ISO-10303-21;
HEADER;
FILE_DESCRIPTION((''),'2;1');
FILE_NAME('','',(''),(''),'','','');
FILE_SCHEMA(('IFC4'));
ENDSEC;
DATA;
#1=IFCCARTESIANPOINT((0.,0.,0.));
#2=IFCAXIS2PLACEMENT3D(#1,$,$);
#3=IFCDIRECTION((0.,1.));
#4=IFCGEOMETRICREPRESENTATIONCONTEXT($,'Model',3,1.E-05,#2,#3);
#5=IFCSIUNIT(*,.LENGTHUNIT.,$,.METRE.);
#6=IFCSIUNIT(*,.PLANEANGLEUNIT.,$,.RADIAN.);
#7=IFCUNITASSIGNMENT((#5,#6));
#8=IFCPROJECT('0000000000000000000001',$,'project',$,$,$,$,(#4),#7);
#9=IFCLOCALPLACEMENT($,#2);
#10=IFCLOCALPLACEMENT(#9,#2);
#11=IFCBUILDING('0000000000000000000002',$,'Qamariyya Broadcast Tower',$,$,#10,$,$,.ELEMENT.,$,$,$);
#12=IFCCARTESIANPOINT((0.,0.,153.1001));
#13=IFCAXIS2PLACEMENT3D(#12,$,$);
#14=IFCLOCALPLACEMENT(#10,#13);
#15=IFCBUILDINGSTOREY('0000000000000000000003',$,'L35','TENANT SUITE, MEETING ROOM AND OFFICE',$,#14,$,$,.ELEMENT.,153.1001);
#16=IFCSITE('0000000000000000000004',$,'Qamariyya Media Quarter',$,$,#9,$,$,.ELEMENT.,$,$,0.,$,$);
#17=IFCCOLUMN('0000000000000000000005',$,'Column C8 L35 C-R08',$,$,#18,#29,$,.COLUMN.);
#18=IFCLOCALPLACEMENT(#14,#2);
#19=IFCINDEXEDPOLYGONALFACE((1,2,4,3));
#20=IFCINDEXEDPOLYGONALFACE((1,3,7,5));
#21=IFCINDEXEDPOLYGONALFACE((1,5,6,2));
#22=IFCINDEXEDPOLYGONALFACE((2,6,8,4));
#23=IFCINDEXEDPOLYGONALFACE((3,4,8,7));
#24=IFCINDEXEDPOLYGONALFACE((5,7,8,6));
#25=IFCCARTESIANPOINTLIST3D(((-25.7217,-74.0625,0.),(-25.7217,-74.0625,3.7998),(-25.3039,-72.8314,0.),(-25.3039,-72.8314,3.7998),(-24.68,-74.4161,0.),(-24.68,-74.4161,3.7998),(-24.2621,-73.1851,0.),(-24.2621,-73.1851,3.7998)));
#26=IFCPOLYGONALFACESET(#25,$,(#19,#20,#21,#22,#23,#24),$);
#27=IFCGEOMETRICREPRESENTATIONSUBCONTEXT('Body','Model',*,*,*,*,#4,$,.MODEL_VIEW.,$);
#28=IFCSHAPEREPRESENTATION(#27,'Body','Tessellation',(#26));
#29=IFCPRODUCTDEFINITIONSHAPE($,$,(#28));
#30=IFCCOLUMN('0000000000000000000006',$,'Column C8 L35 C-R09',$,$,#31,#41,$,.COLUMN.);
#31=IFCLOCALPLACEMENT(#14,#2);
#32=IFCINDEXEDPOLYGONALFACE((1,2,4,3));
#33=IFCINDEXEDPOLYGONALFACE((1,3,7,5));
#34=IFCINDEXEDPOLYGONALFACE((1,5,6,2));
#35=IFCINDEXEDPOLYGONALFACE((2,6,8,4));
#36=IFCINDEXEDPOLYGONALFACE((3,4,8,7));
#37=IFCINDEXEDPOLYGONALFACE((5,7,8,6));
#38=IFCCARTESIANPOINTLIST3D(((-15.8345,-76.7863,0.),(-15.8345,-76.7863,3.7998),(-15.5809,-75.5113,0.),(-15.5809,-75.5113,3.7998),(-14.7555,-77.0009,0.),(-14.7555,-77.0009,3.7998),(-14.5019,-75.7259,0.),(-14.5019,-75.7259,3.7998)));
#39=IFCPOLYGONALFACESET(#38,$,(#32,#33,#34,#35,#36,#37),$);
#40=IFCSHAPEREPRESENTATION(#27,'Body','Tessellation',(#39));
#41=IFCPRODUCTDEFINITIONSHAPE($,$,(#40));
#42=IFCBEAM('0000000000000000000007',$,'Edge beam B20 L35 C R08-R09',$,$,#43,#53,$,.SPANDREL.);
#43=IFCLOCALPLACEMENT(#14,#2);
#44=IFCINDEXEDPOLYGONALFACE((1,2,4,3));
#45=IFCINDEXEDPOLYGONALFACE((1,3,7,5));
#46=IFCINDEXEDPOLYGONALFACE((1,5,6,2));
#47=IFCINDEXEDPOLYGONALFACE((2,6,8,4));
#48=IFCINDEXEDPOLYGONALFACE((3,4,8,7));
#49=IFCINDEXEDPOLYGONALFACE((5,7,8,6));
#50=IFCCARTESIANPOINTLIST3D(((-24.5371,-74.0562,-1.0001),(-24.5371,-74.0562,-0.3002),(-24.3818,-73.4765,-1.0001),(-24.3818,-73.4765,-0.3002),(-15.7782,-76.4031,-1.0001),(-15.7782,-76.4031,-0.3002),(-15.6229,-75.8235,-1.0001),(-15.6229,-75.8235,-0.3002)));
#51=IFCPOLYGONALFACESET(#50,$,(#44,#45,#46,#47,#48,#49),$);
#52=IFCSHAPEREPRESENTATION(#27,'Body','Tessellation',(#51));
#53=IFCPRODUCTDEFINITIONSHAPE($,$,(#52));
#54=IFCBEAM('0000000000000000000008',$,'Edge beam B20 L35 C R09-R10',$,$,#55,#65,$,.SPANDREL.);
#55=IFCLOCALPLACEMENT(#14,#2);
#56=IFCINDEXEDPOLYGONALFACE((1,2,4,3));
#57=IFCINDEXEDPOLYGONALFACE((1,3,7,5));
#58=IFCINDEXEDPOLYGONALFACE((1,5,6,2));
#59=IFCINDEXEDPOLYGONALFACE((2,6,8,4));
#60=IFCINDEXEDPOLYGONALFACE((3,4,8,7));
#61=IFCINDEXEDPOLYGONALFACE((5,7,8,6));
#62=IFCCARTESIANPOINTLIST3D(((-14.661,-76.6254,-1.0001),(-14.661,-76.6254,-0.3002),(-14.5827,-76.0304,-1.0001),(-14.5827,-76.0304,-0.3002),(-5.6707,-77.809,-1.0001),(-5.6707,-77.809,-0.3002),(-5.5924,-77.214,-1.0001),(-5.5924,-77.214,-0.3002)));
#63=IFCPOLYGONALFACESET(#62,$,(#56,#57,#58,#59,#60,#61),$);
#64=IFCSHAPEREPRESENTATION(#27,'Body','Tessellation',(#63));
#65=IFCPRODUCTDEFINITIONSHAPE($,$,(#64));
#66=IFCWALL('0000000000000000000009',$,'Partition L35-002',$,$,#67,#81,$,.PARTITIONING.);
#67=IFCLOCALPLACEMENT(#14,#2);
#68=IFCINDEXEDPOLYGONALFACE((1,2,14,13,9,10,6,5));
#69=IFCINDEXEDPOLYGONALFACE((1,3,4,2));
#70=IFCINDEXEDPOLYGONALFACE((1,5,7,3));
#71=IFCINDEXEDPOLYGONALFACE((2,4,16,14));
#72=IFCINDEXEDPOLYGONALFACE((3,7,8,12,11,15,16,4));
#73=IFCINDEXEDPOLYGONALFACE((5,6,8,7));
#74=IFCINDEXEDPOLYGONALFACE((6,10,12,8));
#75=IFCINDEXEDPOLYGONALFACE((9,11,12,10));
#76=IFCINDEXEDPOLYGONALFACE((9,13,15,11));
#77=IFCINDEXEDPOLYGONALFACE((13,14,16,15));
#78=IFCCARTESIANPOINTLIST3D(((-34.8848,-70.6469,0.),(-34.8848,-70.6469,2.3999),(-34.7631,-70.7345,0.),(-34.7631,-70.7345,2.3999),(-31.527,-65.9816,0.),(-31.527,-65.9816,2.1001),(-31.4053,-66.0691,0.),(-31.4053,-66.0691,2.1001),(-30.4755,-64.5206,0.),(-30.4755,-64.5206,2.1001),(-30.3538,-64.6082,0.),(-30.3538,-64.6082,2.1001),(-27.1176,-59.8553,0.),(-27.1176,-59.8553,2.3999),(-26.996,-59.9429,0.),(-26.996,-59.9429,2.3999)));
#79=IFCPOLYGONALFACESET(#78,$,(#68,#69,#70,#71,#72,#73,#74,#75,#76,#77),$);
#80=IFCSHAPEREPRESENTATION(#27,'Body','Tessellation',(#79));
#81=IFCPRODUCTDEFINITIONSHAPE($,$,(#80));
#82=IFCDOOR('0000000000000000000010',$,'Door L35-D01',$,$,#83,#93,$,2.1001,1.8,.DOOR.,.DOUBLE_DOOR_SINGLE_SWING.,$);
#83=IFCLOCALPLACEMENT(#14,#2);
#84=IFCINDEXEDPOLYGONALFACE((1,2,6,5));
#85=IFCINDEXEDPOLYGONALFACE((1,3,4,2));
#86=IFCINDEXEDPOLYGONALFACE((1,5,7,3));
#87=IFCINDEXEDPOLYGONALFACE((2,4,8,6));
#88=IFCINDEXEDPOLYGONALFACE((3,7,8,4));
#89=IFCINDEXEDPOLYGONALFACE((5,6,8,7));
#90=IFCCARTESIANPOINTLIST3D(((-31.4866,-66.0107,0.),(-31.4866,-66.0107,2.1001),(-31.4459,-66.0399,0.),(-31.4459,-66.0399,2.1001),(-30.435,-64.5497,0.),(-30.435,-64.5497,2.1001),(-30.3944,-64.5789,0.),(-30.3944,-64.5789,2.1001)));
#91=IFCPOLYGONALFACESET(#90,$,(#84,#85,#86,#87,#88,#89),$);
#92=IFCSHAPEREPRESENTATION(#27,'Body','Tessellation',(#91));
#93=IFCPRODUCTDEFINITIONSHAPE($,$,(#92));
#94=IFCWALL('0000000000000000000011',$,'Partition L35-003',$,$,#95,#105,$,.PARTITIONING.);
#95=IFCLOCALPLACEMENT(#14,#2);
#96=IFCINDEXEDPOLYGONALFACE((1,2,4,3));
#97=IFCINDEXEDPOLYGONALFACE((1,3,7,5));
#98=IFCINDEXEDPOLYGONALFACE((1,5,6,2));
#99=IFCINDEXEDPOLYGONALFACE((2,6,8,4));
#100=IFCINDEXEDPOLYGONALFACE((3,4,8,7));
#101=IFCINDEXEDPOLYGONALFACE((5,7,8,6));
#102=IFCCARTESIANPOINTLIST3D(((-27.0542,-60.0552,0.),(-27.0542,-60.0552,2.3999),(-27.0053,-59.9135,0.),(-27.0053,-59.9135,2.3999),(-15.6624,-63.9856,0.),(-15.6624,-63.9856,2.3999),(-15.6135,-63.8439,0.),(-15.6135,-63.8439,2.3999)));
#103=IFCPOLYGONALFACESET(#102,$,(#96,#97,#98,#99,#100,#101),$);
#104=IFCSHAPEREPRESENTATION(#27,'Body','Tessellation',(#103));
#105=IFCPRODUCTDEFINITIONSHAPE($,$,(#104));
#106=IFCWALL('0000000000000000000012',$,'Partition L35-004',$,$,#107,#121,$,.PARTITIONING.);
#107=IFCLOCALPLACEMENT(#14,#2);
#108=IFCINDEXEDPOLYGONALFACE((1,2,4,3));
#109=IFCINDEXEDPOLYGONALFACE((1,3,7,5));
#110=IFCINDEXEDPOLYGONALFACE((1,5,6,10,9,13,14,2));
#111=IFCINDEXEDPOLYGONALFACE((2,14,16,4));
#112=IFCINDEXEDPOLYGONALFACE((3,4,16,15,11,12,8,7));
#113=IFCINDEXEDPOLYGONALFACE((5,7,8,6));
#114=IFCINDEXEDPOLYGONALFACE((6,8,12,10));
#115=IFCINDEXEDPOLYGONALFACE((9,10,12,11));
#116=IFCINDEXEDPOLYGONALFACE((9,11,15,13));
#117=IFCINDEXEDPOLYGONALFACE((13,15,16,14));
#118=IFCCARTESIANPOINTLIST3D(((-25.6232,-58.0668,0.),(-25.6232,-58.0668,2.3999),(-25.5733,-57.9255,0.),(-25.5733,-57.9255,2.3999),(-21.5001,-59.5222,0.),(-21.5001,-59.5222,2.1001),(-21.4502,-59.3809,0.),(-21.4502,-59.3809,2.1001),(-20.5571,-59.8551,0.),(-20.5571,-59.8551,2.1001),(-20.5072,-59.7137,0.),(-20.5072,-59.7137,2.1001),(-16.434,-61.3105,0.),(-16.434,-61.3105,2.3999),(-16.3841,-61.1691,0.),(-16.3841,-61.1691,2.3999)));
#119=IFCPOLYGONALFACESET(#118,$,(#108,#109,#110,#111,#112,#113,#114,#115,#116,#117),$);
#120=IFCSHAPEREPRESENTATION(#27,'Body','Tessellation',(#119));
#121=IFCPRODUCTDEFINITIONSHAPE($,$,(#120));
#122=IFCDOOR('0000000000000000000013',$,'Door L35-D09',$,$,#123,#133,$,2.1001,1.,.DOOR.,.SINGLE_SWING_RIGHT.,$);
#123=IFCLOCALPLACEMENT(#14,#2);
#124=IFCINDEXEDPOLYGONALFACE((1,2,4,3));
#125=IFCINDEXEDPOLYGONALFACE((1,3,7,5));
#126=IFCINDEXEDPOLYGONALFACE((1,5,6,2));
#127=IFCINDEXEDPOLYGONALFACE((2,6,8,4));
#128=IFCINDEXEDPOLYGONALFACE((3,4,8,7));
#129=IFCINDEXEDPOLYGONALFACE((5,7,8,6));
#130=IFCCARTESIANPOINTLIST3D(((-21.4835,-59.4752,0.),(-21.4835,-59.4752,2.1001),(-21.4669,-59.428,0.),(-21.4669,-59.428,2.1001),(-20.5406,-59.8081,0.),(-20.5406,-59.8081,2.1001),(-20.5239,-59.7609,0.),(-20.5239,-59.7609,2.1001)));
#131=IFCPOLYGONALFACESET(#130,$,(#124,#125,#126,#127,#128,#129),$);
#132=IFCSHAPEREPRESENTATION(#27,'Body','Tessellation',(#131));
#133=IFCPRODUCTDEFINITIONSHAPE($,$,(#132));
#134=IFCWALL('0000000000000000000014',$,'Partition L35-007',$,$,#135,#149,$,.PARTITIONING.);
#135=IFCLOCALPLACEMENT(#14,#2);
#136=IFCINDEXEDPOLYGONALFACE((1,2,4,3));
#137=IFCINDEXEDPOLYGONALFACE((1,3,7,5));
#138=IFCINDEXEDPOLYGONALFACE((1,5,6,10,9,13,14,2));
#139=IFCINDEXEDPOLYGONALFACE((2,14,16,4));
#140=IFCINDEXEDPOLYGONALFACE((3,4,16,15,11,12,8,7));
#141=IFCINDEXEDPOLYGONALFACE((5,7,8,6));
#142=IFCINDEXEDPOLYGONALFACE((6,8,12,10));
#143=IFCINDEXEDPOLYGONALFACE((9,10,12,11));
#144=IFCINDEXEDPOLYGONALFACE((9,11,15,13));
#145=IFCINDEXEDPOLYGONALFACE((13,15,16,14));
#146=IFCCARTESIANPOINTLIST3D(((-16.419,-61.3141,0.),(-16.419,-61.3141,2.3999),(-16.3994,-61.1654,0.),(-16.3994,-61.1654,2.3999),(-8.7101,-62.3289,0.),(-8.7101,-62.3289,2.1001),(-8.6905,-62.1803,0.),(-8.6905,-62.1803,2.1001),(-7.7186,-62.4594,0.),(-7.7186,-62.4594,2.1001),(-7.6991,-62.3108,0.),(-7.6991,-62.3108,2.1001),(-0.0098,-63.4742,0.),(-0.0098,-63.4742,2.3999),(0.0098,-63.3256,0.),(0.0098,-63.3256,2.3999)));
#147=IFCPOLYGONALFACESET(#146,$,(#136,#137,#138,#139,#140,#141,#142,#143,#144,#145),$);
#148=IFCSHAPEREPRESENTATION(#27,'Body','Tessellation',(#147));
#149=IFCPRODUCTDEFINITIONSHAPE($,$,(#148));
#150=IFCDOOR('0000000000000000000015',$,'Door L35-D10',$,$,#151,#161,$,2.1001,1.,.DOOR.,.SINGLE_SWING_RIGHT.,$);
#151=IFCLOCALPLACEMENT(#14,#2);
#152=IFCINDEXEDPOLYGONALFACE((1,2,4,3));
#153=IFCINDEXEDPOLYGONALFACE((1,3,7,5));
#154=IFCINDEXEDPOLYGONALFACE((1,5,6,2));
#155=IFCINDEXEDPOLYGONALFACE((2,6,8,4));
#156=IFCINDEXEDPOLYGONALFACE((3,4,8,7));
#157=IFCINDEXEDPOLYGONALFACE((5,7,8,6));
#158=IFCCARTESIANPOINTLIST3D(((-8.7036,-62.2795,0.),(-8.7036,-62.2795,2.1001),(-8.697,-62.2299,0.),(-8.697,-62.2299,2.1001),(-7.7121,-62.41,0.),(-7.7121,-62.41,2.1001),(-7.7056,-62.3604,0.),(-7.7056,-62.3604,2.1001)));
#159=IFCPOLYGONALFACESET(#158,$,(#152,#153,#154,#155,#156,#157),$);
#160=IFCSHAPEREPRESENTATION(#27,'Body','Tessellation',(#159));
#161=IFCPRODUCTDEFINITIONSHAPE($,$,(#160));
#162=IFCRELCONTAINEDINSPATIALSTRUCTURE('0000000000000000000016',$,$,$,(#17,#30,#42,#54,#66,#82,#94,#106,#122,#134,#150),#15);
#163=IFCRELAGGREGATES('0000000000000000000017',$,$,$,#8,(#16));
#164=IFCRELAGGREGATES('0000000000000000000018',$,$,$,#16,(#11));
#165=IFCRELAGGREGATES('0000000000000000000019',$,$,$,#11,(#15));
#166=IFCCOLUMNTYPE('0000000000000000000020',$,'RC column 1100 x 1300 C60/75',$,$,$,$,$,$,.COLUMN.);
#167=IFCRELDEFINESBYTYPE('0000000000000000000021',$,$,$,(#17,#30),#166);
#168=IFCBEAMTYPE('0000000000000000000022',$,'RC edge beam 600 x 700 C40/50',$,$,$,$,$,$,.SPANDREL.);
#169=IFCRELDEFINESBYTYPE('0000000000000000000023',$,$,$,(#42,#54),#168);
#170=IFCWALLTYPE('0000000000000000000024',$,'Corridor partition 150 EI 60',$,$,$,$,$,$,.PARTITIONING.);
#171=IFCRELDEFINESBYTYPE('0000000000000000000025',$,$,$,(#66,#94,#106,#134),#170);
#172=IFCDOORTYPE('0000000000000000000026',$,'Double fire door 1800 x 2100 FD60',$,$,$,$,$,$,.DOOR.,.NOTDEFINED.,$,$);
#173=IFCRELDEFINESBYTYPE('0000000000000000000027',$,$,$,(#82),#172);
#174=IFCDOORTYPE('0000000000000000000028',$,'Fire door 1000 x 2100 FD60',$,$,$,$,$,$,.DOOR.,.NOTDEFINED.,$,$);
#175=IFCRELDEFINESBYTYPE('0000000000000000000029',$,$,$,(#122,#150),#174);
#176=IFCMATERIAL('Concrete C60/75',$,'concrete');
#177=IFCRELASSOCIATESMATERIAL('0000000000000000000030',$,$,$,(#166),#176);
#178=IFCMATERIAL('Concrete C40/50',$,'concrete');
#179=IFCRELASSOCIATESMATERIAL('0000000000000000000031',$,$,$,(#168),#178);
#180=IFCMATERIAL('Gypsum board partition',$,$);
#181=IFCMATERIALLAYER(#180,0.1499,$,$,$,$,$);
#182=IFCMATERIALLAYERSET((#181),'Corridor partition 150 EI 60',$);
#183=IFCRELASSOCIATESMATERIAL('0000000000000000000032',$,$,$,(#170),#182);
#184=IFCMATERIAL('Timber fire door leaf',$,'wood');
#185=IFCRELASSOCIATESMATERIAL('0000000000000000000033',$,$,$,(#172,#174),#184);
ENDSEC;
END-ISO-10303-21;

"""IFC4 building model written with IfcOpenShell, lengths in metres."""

from ifc_helpers import new_model, si_unit, direction, frame, frame_2d, origin, origin_2d, place, context, subcontext, project, spatial, rectangle, extrude, material, layer, layer_set, material_profile, profile_set, type_object, element, fill, save


model = new_model("IFC4")

# Units and contexts
model_context = context("Model", 3, precision=1e-05, world=origin(), true_north=direction((0.0, 1.0)))
body_context = subcontext(model_context, "Body", "Model", "MODEL_VIEW")
ifc_project = project(units=[si_unit("LENGTHUNIT", "METRE"), si_unit("PLANEANGLEUNIT", "RADIAN")], contexts=[model_context])

# Site, building, storey
site_placement = place(None, origin())
site = spatial("IfcSite", under=ifc_project, at=site_placement, Name="Qamariyya Media Quarter", CompositionType="ELEMENT", RefElevation=0.0)
building_placement = place(site_placement, origin())
building = spatial("IfcBuilding", under=site, at=building_placement, Name="Qamariyya Broadcast Tower", CompositionType="ELEMENT")
storey_placement = place(building_placement, frame((0.0, 0.0, 153.1001)))
storey = spatial("IfcBuildingStorey", under=building, at=storey_placement, Name="L35", Description="TENANT SUITE, MEETING ROOM AND OFFICE", CompositionType="ELEMENT", Elevation=153.1001)

# Columns
ifc_material_1 = material(Name="Concrete C60/75", Category="concrete")
ifc_material_profile_1 = material_profile(ifc_material_1, rectangle(XDim=1.1001, YDim=1.3, at=origin_2d()))
ifc_profile_set_1 = profile_set([ifc_material_profile_1], Name="Concrete C60/75")
column_type = type_object("IfcColumnType", Name="RC column 1100 x 1300 C60/75", PredefinedType="COLUMN", material=ifc_profile_set_1)
for number, where, z_axis, x_axis, name in (
    (1, (-24.9919, -73.6238, 0.0), (0.0, 0.0, 1.0), (0.94693, -0.321439, 0.0), "Column C8 L35 C-R08"),
    (2, (-15.1682, -76.2561, 0.0), (0.0, 0.0, 1.0), (0.980785, -0.19509, 0.0), "Column C8 L35 C-R09"),
):
    element("IfcColumn", number, at=place(storey_placement, frame(where, z_axis=z_axis, x_axis=x_axis)), inside=storey, type_object=column_type, Name=name, PredefinedType="COLUMN", context=body_context, shape_type="SweptSolid", body=[
        extrude(rectangle(XDim=1.1001, YDim=1.3, at=origin_2d()), origin(), (0.0, 0.0, 1.0), 3.7998),
    ])

# Beams
ifc_material_2 = material(Name="Concrete C40/50", Category="concrete")
ifc_material_profile_2 = material_profile(ifc_material_2, rectangle(XDim=0.6001, YDim=0.7, at=origin_2d()))
ifc_profile_set_2 = profile_set([ifc_material_profile_2], Name="Concrete C40/50")
beam_type = type_object("IfcBeamType", Name="RC edge beam 600 x 700 C40/50", PredefinedType="SPANDREL", material=ifc_profile_set_2)
for number, where, z_axis, x_axis, name in (
    (3, (-24.4595, -73.7664, -0.6501), (0.965925, -0.25882, 0.0), (0.25882, 0.965925, 0.0), "Edge beam B20 L35 C R08-R09"),
    (4, (-14.6218, -76.3279, -0.6501), (0.991445, -0.130527, 0.0), (0.130527, 0.991445, 0.0), "Edge beam B20 L35 C R09-R10"),
):
    element("IfcBeam", number, at=place(storey_placement, frame(where, z_axis=z_axis, x_axis=x_axis)), inside=storey, type_object=beam_type, Name=name, PredefinedType="SPANDREL", context=body_context, shape_type="SweptSolid", body=[
        extrude(rectangle(XDim=0.6001, YDim=0.7, at=origin_2d()), origin(), (0.0, 0.0, 1.0), 9.0679),
    ])

# Wall, opening, door
ifc_material_3 = material(Name="Gypsum board partition")
ifc_layer_1 = layer(ifc_material_3, 0.1499)
ifc_layer_set_1 = layer_set([ifc_layer_1], Name="Corridor partition 150 EI 60")
wall_type_1 = type_object("IfcWallType", Name="Corridor partition 150 EI 60", PredefinedType="PARTITIONING", material=ifc_layer_set_1)
wall_1_placement = place(storey_placement, frame((-27.0569, -59.8992, 0.0), z_axis=(0.0, 0.0, 1.0), x_axis=(-0.584166, -0.811634, 0.0)))
wall_1 = element("IfcWall", 5, at=wall_1_placement, inside=storey, type_object=wall_type_1, Name="Partition L35-002", PredefinedType="PARTITIONING", context=body_context, shape_type="SweptSolid", body=[
    extrude(rectangle(XDim=13.2961, YDim=0.1499, at=frame_2d((6.6479, 0.0))), origin(), (0.0, 0.0, 1.0), 2.3999),
])
opening_1_placement = place(wall_1_placement, frame((5.748, 0.0, 0.0)))
opening_1 = element("IfcOpeningElement", 6, at=opening_1_placement, cuts=wall_1, PredefinedType="OPENING", context=body_context, shape_type="SweptSolid", body=[
    extrude(rectangle(XDim=1.8, YDim=2.1001, at=frame_2d((0.8999, 1.05))), frame((0.0, 0.085, 0.0), z_axis=(0.0, -1.0, 0.0), x_axis=(1.0, 0.0, 0.0)), (0.0, 0.0, 1.0), 0.1699),
])
ifc_material_4 = material(Name="Timber fire door leaf", Category="wood")
door_type_1 = type_object("IfcDoorType", Name="Double fire door 1800 x 2100 FD60", OperationType="NOTDEFINED", PredefinedType="DOOR", material=ifc_material_4)
door_1_placement = place(opening_1_placement, origin())
door_1 = element("IfcDoor", 7, at=door_1_placement, inside=storey, type_object=door_type_1, Name="Door L35-D01", OperationType="DOUBLE_DOOR_SINGLE_SWING", OverallHeight=2.1001, OverallWidth=1.8, PredefinedType="DOOR", context=body_context, shape_type="SweptSolid", body=[
    extrude(rectangle(XDim=1.8, YDim=2.1001, at=frame_2d((0.8999, 1.05))), frame((0.0, 0.0249, 0.0), z_axis=(0.0, -1.0, 0.0), x_axis=(1.0, 0.0, 0.0)), (0.0, 0.0, 1.0), 0.05),
])
fill(opening_1, door_1)

# Wall
wall_2_placement = place(storey_placement, frame((-27.0298, -59.9844, 0.0), z_axis=(0.0, 0.0, 1.0), x_axis=(0.945317, -0.326154, 0.0)))
element("IfcWall", 8, at=wall_2_placement, inside=storey, type_object=wall_type_1, Name="Partition L35-003", PredefinedType="PARTITIONING", context=body_context, shape_type="SweptSolid", body=[
    extrude(rectangle(XDim=12.0508, YDim=0.1499, at=frame_2d((6.0254, 0.0))), origin(), (0.0, 0.0, 1.0), 2.3999),
])

# Walls, openings, doors
wall_3_placement = place(storey_placement, frame((-25.5984, -57.9961, 0.0), z_axis=(0.0, 0.0, 1.0), x_axis=(0.942977, -0.332857, 0.0)))
wall_3 = element("IfcWall", 9, at=wall_3_placement, inside=storey, type_object=wall_type_1, Name="Partition L35-004", PredefinedType="PARTITIONING", context=body_context, shape_type="SweptSolid", body=[
    extrude(rectangle(XDim=9.7449, YDim=0.1499, at=frame_2d((4.8726, 0.0))), origin(), (0.0, 0.0, 1.0), 2.3999),
])
opening_2_placement = place(wall_3_placement, frame((4.3726, 0.0, 0.0)))
opening_2 = element("IfcOpeningElement", 10, at=opening_2_placement, cuts=wall_3, PredefinedType="OPENING", context=body_context, shape_type="SweptSolid", body=[
    extrude(rectangle(XDim=1.0, YDim=2.1001, at=frame_2d((0.5, 1.05))), frame((0.0, 0.085, 0.0), z_axis=(0.0, -1.0, 0.0), x_axis=(1.0, 0.0, 0.0)), (0.0, 0.0, 1.0), 0.1699),
])
door_type_2 = type_object("IfcDoorType", Name="Fire door 1000 x 2100 FD60", OperationType="NOTDEFINED", PredefinedType="DOOR", material=ifc_material_4)
door_2_placement = place(opening_2_placement, origin())
door_2 = element("IfcDoor", 11, at=door_2_placement, inside=storey, type_object=door_type_2, Name="Door L35-D09", OperationType="SINGLE_SWING_RIGHT", OverallHeight=2.1001, OverallWidth=1.0, PredefinedType="DOOR", context=body_context, shape_type="SweptSolid", body=[
    extrude(rectangle(XDim=1.0, YDim=2.1001, at=frame_2d((0.5, 1.05))), frame((0.0, 0.0249, 0.0), z_axis=(0.0, -1.0, 0.0), x_axis=(1.0, 0.0, 0.0)), (0.0, 0.0, 1.0), 0.05),
])
fill(opening_2, door_2)
wall_4_placement = place(storey_placement, frame((-16.4092, -61.2397, 0.0), z_axis=(0.0, 0.0, 1.0), x_axis=(0.991446, -0.130517, 0.0)))
wall_4 = element("IfcWall", 12, at=wall_4_placement, inside=storey, type_object=wall_type_1, Name="Partition L35-007", PredefinedType="PARTITIONING", context=body_context, shape_type="SweptSolid", body=[
    extrude(rectangle(XDim=16.5508, YDim=0.1499, at=frame_2d((8.2754, 0.0))), origin(), (0.0, 0.0, 1.0), 2.3999),
])
opening_3_placement = place(wall_4_placement, frame((7.7754, 0.0, 0.0)))
opening_3 = element("IfcOpeningElement", 13, at=opening_3_placement, cuts=wall_4, PredefinedType="OPENING", context=body_context, shape_type="SweptSolid", body=[
    extrude(rectangle(XDim=1.0, YDim=2.1001, at=frame_2d((0.5, 1.05))), frame((0.0, 0.085, 0.0), z_axis=(0.0, -1.0, 0.0), x_axis=(1.0, 0.0, 0.0)), (0.0, 0.0, 1.0), 0.1699),
])
door_3_placement = place(opening_3_placement, origin())
door_3 = element("IfcDoor", 14, at=door_3_placement, inside=storey, type_object=door_type_2, Name="Door L35-D10", OperationType="SINGLE_SWING_RIGHT", OverallHeight=2.1001, OverallWidth=1.0, PredefinedType="DOOR", context=body_context, shape_type="SweptSolid", body=[
    extrude(rectangle(XDim=1.0, YDim=2.1001, at=frame_2d((0.5, 1.05))), frame((0.0, 0.0249, 0.0), z_axis=(0.0, -1.0, 0.0), x_axis=(1.0, 0.0, 0.0)), (0.0, 0.0, 1.0), 0.05),
])
fill(opening_3, door_3)

save(model, "model.ifc")
